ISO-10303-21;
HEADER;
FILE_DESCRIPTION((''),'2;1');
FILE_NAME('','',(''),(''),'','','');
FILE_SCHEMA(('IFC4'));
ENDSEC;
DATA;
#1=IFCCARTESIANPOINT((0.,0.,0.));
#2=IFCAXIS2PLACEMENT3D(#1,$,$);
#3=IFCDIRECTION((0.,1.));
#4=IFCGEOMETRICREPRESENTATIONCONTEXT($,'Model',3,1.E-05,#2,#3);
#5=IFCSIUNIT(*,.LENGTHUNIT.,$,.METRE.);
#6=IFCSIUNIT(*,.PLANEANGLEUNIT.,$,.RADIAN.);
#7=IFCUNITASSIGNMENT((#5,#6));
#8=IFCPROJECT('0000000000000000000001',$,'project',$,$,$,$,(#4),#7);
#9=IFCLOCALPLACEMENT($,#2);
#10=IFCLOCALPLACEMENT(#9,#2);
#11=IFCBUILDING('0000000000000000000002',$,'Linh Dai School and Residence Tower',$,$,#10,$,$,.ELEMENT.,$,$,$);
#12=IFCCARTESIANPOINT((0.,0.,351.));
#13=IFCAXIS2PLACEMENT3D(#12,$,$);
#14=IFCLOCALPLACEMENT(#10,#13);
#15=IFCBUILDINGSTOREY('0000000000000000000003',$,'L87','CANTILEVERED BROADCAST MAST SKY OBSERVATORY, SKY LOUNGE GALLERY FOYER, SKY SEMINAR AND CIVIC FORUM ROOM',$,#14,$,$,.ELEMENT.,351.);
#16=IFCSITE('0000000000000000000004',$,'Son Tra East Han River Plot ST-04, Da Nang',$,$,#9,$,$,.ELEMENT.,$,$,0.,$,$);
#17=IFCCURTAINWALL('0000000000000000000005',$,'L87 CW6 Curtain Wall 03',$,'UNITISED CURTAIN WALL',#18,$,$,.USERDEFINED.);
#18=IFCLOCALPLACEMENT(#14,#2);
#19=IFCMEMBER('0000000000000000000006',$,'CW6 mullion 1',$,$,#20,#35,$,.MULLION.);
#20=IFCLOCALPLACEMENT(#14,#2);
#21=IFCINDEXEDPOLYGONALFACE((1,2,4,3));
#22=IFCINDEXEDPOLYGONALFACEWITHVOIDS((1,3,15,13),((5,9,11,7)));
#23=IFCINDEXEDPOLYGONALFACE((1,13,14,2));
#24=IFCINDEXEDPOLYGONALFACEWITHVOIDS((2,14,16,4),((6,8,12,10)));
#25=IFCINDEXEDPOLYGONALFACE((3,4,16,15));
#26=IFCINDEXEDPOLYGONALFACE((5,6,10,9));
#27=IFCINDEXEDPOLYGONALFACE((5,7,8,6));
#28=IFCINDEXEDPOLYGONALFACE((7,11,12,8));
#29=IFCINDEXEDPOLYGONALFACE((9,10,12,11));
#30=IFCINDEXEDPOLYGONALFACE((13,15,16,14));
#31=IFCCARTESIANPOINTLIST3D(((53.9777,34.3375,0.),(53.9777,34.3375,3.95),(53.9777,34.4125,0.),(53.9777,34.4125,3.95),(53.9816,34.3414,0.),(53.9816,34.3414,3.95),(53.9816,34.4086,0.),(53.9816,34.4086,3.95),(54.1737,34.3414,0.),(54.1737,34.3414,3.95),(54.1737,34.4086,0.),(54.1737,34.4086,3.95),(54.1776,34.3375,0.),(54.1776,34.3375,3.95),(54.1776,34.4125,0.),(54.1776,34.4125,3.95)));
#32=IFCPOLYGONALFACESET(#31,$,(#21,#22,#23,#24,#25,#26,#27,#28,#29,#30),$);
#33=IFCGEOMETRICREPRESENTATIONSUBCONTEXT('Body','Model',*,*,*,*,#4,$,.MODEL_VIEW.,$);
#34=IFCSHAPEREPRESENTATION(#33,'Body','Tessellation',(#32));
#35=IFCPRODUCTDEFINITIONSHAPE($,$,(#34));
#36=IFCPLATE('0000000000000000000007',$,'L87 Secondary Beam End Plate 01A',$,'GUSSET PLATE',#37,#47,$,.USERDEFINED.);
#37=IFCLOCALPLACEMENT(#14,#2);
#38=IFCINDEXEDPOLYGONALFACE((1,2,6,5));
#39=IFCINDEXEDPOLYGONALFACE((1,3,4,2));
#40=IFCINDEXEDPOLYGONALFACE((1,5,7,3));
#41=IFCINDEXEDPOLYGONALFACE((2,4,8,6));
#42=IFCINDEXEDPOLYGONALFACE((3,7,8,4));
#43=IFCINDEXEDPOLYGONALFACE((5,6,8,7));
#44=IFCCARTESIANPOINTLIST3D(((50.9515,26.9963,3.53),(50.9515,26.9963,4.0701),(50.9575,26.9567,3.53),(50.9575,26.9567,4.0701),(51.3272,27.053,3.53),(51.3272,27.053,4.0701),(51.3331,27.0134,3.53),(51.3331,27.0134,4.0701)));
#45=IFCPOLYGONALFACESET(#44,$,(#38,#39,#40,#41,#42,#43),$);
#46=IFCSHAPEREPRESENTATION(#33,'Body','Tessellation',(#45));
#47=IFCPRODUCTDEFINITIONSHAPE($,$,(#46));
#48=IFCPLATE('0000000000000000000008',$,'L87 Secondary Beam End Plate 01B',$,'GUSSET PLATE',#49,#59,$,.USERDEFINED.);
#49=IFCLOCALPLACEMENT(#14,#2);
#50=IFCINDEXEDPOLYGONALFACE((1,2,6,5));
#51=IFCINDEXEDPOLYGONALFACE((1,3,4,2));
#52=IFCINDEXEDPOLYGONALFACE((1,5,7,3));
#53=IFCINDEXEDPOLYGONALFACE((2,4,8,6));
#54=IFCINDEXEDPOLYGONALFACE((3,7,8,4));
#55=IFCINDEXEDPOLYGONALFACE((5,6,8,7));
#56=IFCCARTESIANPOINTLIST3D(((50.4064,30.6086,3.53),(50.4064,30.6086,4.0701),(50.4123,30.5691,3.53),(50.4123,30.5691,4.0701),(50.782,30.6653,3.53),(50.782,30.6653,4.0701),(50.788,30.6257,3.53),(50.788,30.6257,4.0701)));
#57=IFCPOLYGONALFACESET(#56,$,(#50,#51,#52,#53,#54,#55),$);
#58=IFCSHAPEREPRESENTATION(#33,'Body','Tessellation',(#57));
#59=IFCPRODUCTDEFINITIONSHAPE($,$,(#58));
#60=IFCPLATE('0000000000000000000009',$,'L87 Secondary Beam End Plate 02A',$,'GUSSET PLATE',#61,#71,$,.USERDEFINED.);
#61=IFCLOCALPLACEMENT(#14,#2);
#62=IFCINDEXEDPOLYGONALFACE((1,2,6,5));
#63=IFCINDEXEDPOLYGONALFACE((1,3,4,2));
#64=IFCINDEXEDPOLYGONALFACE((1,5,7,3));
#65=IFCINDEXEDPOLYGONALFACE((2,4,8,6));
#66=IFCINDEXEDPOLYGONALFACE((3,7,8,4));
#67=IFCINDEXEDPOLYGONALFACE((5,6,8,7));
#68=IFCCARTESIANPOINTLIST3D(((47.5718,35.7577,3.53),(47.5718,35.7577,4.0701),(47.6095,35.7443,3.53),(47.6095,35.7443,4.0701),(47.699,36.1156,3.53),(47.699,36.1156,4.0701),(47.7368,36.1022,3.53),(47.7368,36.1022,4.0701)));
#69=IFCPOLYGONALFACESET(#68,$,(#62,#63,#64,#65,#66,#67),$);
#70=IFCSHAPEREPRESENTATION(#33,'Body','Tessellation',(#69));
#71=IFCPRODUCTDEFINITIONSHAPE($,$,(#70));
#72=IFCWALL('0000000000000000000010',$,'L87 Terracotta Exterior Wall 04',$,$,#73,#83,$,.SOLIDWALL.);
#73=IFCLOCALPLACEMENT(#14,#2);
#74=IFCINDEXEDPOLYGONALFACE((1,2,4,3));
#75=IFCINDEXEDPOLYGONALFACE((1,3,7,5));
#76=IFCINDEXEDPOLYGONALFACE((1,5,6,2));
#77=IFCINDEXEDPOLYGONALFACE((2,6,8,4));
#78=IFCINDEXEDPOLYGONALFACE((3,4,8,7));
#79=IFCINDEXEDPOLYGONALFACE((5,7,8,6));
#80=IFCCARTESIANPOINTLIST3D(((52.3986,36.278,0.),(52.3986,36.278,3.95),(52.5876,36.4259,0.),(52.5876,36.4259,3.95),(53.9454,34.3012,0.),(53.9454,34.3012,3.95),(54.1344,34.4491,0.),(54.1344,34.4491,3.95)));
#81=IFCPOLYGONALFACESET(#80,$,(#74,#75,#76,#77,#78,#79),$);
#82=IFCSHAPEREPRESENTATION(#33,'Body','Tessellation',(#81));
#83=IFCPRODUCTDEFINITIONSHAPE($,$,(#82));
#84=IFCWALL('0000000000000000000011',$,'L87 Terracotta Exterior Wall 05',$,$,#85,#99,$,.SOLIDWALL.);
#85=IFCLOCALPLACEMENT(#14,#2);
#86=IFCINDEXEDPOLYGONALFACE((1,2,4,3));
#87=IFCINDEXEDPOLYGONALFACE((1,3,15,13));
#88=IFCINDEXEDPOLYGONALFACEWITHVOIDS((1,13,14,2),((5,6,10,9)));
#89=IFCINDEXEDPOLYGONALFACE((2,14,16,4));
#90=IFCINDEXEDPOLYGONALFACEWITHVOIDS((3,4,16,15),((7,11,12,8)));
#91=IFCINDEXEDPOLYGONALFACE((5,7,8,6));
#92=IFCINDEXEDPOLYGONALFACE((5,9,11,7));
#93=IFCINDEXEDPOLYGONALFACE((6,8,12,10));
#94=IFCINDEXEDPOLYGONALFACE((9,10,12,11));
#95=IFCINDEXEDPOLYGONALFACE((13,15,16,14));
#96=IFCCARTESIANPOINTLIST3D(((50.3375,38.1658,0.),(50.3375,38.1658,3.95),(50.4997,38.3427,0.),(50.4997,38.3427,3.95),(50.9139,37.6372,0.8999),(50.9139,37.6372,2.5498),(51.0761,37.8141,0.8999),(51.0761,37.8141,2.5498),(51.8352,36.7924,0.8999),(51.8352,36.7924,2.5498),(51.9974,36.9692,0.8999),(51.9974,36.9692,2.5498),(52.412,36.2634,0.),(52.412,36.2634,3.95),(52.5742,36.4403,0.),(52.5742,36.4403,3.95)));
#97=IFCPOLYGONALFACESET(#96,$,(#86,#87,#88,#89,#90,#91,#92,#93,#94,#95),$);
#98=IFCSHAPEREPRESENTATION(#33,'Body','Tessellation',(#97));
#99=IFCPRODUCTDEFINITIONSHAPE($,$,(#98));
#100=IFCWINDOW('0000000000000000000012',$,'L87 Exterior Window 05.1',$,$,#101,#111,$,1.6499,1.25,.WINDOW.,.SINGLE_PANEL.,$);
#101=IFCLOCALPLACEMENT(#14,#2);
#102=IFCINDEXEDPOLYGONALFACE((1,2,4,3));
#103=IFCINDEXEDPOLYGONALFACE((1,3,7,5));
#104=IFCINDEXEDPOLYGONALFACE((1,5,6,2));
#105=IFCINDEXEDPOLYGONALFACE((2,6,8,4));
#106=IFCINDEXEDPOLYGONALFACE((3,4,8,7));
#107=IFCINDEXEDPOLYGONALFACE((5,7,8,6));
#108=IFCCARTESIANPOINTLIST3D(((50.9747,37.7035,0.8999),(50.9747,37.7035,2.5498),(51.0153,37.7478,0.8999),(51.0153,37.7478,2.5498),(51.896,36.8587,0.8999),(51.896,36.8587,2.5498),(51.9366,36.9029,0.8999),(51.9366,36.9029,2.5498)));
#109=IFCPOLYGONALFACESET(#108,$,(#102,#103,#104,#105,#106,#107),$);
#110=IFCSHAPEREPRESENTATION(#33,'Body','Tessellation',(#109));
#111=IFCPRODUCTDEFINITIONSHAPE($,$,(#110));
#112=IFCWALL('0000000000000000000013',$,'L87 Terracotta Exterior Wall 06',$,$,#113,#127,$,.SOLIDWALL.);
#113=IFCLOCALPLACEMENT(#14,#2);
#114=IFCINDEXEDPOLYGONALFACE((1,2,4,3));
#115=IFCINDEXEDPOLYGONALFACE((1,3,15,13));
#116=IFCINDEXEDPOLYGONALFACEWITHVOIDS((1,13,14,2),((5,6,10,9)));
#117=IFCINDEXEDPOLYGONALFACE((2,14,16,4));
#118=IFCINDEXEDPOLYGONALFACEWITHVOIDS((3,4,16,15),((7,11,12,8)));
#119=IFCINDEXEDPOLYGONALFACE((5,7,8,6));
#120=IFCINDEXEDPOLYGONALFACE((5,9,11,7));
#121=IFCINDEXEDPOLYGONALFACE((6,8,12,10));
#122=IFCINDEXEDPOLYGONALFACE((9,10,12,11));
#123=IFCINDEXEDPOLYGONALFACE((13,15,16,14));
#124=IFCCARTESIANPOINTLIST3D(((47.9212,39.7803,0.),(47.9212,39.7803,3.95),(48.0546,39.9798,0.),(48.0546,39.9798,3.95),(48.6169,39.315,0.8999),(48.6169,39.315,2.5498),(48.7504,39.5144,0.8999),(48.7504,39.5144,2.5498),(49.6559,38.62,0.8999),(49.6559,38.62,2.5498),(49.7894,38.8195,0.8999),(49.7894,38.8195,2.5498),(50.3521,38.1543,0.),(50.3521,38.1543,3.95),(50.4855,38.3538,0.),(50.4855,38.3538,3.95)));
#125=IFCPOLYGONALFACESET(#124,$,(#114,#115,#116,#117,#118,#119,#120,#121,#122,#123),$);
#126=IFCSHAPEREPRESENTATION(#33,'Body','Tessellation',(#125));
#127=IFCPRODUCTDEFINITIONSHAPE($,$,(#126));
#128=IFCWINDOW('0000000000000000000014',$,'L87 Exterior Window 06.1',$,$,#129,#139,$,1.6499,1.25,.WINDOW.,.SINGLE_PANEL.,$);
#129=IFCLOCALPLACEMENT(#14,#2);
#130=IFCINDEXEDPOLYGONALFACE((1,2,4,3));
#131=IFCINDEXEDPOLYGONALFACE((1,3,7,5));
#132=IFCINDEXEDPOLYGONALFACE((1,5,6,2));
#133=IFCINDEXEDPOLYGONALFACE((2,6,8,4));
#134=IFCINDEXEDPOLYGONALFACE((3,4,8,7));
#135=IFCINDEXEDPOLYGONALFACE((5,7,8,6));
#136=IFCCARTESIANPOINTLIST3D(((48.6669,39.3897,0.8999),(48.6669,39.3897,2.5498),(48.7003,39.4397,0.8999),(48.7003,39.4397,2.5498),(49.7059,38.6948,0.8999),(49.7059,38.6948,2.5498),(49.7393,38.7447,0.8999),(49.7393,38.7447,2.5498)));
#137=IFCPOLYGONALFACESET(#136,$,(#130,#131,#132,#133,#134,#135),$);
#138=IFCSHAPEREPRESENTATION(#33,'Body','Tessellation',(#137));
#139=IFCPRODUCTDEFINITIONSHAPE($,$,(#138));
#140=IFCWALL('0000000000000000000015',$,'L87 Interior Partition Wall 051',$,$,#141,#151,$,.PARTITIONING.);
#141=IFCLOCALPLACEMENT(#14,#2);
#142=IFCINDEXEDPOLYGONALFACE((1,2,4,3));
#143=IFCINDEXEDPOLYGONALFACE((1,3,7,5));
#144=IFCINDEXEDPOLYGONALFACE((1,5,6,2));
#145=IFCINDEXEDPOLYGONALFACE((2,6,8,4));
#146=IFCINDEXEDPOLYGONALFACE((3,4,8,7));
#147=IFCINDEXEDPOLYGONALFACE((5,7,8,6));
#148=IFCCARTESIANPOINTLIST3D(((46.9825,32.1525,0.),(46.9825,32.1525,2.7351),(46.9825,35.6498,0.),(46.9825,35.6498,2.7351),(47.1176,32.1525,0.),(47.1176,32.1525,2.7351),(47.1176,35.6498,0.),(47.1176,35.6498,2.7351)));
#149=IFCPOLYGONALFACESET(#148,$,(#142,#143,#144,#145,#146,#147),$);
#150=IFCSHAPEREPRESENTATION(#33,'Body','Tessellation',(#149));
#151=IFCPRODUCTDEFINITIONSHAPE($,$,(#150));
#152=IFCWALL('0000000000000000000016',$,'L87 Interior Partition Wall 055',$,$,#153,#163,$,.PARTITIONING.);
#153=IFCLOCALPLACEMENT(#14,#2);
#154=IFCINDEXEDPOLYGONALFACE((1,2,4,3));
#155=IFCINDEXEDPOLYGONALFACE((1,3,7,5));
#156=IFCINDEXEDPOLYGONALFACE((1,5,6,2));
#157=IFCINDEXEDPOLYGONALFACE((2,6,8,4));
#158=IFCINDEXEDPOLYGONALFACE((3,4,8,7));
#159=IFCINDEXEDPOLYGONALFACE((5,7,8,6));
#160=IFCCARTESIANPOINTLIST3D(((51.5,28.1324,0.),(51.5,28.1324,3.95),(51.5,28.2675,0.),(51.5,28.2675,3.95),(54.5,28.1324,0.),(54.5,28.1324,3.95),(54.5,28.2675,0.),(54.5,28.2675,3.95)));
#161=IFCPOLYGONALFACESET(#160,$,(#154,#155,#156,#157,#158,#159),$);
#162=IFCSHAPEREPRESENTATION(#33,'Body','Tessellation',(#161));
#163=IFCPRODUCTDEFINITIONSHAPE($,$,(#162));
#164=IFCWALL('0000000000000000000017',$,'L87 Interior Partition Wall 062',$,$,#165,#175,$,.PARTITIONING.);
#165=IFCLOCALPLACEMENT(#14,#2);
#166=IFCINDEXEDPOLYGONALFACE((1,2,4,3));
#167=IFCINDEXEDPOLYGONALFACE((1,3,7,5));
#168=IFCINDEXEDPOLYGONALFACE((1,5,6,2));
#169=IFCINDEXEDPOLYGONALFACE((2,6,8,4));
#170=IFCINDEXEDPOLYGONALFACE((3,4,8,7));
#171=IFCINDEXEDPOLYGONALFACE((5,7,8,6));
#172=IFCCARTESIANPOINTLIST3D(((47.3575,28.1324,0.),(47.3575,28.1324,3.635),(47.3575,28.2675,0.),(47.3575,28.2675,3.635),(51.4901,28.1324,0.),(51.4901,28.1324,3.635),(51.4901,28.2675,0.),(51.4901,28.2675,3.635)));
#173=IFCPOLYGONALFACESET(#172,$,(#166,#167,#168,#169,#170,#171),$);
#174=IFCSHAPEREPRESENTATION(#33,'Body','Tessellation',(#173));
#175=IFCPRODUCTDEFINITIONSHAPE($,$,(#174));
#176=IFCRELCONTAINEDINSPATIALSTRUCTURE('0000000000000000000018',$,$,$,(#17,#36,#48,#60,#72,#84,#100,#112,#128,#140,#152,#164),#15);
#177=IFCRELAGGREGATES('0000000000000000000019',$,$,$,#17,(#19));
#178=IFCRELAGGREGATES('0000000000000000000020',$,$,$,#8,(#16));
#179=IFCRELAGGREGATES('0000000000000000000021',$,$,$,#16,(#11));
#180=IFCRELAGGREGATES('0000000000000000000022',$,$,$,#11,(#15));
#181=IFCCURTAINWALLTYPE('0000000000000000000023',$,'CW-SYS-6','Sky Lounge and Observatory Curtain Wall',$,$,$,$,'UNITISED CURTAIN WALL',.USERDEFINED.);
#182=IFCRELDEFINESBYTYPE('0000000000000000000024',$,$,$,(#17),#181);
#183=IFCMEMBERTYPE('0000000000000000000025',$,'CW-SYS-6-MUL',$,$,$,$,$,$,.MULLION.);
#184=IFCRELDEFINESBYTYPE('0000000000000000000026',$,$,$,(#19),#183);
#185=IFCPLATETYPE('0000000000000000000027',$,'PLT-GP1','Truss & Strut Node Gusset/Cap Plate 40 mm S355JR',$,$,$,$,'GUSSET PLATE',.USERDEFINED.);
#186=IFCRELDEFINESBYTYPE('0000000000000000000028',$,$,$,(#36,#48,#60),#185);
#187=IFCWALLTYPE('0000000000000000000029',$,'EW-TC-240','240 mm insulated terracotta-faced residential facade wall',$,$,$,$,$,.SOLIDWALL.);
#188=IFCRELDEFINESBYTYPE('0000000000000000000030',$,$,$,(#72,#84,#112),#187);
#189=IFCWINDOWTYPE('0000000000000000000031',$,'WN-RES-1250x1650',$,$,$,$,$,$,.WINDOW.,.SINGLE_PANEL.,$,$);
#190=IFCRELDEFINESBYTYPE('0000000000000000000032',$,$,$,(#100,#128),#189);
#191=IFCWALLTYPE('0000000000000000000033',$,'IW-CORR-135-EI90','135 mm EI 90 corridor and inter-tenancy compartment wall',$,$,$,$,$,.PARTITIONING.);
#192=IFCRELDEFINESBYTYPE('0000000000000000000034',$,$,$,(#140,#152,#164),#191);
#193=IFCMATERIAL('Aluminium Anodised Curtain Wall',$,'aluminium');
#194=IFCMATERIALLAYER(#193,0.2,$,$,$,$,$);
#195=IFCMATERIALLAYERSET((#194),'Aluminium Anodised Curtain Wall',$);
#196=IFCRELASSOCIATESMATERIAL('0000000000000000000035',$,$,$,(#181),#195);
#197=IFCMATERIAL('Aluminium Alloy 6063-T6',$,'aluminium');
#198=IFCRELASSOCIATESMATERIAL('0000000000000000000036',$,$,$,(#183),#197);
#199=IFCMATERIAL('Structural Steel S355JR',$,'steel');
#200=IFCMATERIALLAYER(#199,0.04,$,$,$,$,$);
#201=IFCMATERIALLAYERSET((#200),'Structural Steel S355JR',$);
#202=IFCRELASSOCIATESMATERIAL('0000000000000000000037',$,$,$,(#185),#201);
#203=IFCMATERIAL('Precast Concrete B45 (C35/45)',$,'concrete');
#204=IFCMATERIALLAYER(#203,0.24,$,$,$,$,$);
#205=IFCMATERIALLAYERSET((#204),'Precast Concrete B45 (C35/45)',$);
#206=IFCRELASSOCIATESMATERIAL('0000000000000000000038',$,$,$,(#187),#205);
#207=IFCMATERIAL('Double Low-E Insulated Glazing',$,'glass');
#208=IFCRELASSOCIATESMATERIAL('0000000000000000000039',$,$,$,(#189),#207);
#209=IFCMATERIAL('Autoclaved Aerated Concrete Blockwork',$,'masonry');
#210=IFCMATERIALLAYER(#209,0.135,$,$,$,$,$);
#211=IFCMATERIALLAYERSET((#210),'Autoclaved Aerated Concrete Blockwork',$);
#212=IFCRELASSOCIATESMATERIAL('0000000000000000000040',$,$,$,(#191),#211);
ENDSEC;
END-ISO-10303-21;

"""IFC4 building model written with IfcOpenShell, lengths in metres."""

from ifc_helpers import new_model, si_unit, direction, frame, frame_2d, origin, origin_2d, place, context, subcontext, project, spatial, rectangle, hollow_rectangle, extrude, source, transform, mapped, material, layer, layer_set, material_profile, profile_set, type_object, element, fill, aggregate, save


model = new_model("IFC4")

# Units and contexts
model_context = context("Model", 3, precision=1e-05, world=origin(), true_north=direction((0.0, 1.0)))
body_context = subcontext(model_context, "Body", "Model", "MODEL_VIEW")
ifc_project = project(units=[si_unit("LENGTHUNIT", "METRE"), si_unit("PLANEANGLEUNIT", "RADIAN")], contexts=[model_context])

# Site, building, storey
site_placement = place(None, origin())
site = spatial("IfcSite", under=ifc_project, at=site_placement, Name="Son Tra East Han River Plot ST-04, Da Nang", CompositionType="ELEMENT", RefElevation=0.0)
building_placement = place(site_placement, origin())
building = spatial("IfcBuilding", under=site, at=building_placement, Name="Linh Dai School and Residence Tower", CompositionType="ELEMENT")
storey_placement = place(building_placement, frame((0.0, 0.0, 351.0)))
storey = spatial("IfcBuildingStorey", under=building, at=storey_placement, Name="L87", Description="CANTILEVERED BROADCAST MAST SKY OBSERVATORY, SKY LOUNGE GALLERY FOYER, SKY SEMINAR AND CIVIC FORUM ROOM", CompositionType="ELEMENT", Elevation=351.0)

# Shared definitions
ifc_material_1 = material(Name="Structural Steel S355JR", Category="steel")

# Curtain wall, member
ifc_material_2 = material(Name="Aluminium Anodised Curtain Wall", Category="aluminium")
ifc_layer_1 = layer(ifc_material_2, 0.2)
ifc_layer_set_1 = layer_set([ifc_layer_1], Name="Aluminium Anodised Curtain Wall")
curtain_wall_type = type_object("IfcCurtainWallType", Name="CW-SYS-6", Description="Sky Lounge and Observatory Curtain Wall", ElementType="UNITISED CURTAIN WALL", PredefinedType="USERDEFINED", material=ifc_layer_set_1)
curtain_wall_placement = place(storey_placement, origin())
curtain_wall = element("IfcCurtainWall", 1, at=curtain_wall_placement, inside=storey, type_object=curtain_wall_type, Name="L87 CW6 Curtain Wall 03", ObjectType="UNITISED CURTAIN WALL", PredefinedType="USERDEFINED")
ifc_material_3 = material(Name="Aluminium Alloy 6063-T6", Category="aluminium")
ifc_material_profile_1 = material_profile(ifc_material_3, hollow_rectangle(XDim=0.075, YDim=0.2, WallThickness=0.0039, at=origin_2d()), Name="RHS 200x75x4")
ifc_profile_set_1 = profile_set([ifc_material_profile_1], Name="Aluminium Alloy 6063-T6")
member_type_1 = type_object("IfcMemberType", Name="CW-SYS-6-MUL", PredefinedType="MULLION", material=ifc_profile_set_1)
shared_shape_1 = source(origin(), body_context, "Body", "SweptSolid", [
    extrude(hollow_rectangle(XDim=0.075, YDim=0.2, WallThickness=0.0039, at=origin_2d()), origin(), (0.0, 0.0, 1.0), 3.95),
])
member_1_placement = place(storey_placement, frame((54.0776, 34.375, 0.0), z_axis=(0.0, 0.0, 1.0), x_axis=(0.0, 1.0, 0.0)))
member_1 = element("IfcMember", 2, at=member_1_placement, type_object=member_type_1, Name="CW6 mullion 1", PredefinedType="MULLION", context=body_context, shape_type="MappedRepresentation", body=[
    mapped(shared_shape_1, transform((0.0, 0.0, 0.0), x_axis=(1.0, 0.0, 0.0), y_axis=(0.0, 1.0, 0.0), z_axis=(0.0, 0.0, 1.0), scale=1.0)),
])
aggregate(curtain_wall, [member_1])

# Plates
ifc_layer_2 = layer(ifc_material_1, 0.04)
ifc_layer_set_2 = layer_set([ifc_layer_2], Name="Structural Steel S355JR")
plate_type = type_object("IfcPlateType", Name="PLT-GP1", Description="Truss & Strut Node Gusset/Cap Plate 40 mm S355JR", ElementType="GUSSET PLATE", PredefinedType="USERDEFINED", material=ifc_layer_set_2)
shared_shape_2 = source(origin(), body_context, "Body", "SweptSolid", [
    extrude(rectangle(XDim=0.04, YDim=0.3799, at=origin_2d()), origin(), (0.0, 0.0, 1.0), 0.54),
])
for number, where, z_axis, x_axis, name in (
    (3, (51.1423, 27.0049, 3.53), (0.0, 0.0, 1.0), (-0.149196, 0.988808, 0.0), "L87 Secondary Beam End Plate 01A"),
    (4, (50.5972, 30.6172, 3.53), (0.0, 0.0, 1.0), (-0.149196, 0.988808, 0.0), "L87 Secondary Beam End Plate 01B"),
    (5, (47.6543, 35.9299, 3.53), (0.0, 0.0, 1.0), (-0.942251, 0.334909, 0.0), "L87 Secondary Beam End Plate 02A"),
):
    element("IfcPlate", number, at=place(storey_placement, frame(where, z_axis=z_axis, x_axis=x_axis)), inside=storey, type_object=plate_type, Name=name, ObjectType="GUSSET PLATE", PredefinedType="USERDEFINED", context=body_context, shape_type="MappedRepresentation", body=[
        mapped(shared_shape_2, transform((0.0, 0.0, 0.0), x_axis=(1.0, 0.0, 0.0), y_axis=(0.0, 1.0, 0.0), z_axis=(0.0, 0.0, 1.0), scale=1.0)),
    ])

# Wall
ifc_material_4 = material(Name="Precast Concrete B45 (C35/45)", Category="concrete")
ifc_layer_3 = layer(ifc_material_4, 0.24)
ifc_layer_set_3 = layer_set([ifc_layer_3], Name="Precast Concrete B45 (C35/45)")
wall_type_1 = type_object("IfcWallType", Name="EW-TC-240", Description="240 mm insulated terracotta-faced residential facade wall", PredefinedType="SOLIDWALL", material=ifc_layer_set_3)
wall_1_placement = place(storey_placement, frame((52.4932, 36.3518, 0.0), z_axis=(0.0, 0.0, 1.0), x_axis=(0.616261, -0.787542, 0.0)))
element("IfcWall", 6, at=wall_1_placement, inside=storey, type_object=wall_type_1, Name="L87 Terracotta Exterior Wall 04", PredefinedType="SOLIDWALL", context=body_context, shape_type="SweptSolid", body=[
    extrude(rectangle(XDim=2.51, YDim=0.24, at=frame_2d((1.2549, 0.0))), origin(), (0.0, 0.0, 1.0), 3.95),
])

# Walls, openings, windows
wall_2_placement = place(storey_placement, frame((50.4187, 38.2542, 0.0), z_axis=(0.0, 0.0, 1.0), x_axis=(0.737021, -0.67587, 0.0)))
wall_2 = element("IfcWall", 7, at=wall_2_placement, inside=storey, type_object=wall_type_1, Name="L87 Terracotta Exterior Wall 05", PredefinedType="SOLIDWALL", context=body_context, shape_type="SweptSolid", body=[
    extrude(rectangle(XDim=2.8147, YDim=0.24, at=frame_2d((1.4072, 0.0))), origin(), (0.0, 0.0, 1.0), 3.95),
])
opening_1_placement = place(wall_2_placement, frame((0.782, 0.0, 0.8999)))
opening_1 = element("IfcOpeningElement", 8, at=opening_1_placement, cuts=wall_2, PredefinedType="OPENING", context=body_context, shape_type="SweptSolid", body=[
    extrude(rectangle(XDim=1.25, YDim=1.6499, at=origin_2d()), frame((0.625, 0.1299, 0.825), z_axis=(0.0, -1.0, 0.0), x_axis=(1.0, 0.0, 0.0)), (0.0, 0.0, 1.0), 0.26),
])
ifc_material_5 = material(Name="Double Low-E Insulated Glazing", Category="glass")
window_type = type_object("IfcWindowType", Name="WN-RES-1250x1650", PartitioningType="SINGLE_PANEL", PredefinedType="WINDOW", material=ifc_material_5)
shared_shape_3 = source(origin(), body_context, "Body", "SweptSolid", [
    extrude(rectangle(XDim=1.25, YDim=1.6499, at=origin_2d()), frame((0.625, 0.03, 0.825), z_axis=(0.0, -1.0, 0.0), x_axis=(1.0, 0.0, 0.0)), (0.0, 0.0, 1.0), 0.0601),
])
window_1_placement = place(opening_1_placement, origin())
window_1 = element("IfcWindow", 9, at=window_1_placement, inside=storey, type_object=window_type, Name="L87 Exterior Window 05.1", OverallHeight=1.6499, OverallWidth=1.25, PartitioningType="SINGLE_PANEL", PredefinedType="WINDOW", context=body_context, shape_type="MappedRepresentation", body=[
    mapped(shared_shape_3, transform((0.0, 0.0, 0.0), x_axis=(1.0, 0.0, 0.0), y_axis=(0.0, 1.0, 0.0), z_axis=(0.0, 0.0, 1.0), scale=1.0)),
])
fill(opening_1, window_1)
wall_3_placement = place(storey_placement, frame((47.9878, 39.8801, 0.0), z_axis=(0.0, 0.0, 1.0), x_axis=(0.831202, -0.555971, 0.0)))
wall_3 = element("IfcWall", 10, at=wall_3_placement, inside=storey, type_object=wall_type_1, Name="L87 Terracotta Exterior Wall 06", PredefinedType="SOLIDWALL", context=body_context, shape_type="SweptSolid", body=[
    extrude(rectangle(XDim=2.9246, YDim=0.24, at=frame_2d((1.4624, 0.0))), origin(), (0.0, 0.0, 1.0), 3.95),
])
opening_2_placement = place(wall_3_placement, frame((0.8372, 0.0, 0.8999)))
opening_2 = element("IfcOpeningElement", 11, at=opening_2_placement, cuts=wall_3, PredefinedType="OPENING", context=body_context, shape_type="SweptSolid", body=[
    extrude(rectangle(XDim=1.25, YDim=1.6499, at=origin_2d()), frame((0.625, 0.1299, 0.825), z_axis=(0.0, -1.0, 0.0), x_axis=(1.0, 0.0, 0.0)), (0.0, 0.0, 1.0), 0.26),
])
window_2_placement = place(opening_2_placement, origin())
window_2 = element("IfcWindow", 12, at=window_2_placement, inside=storey, type_object=window_type, Name="L87 Exterior Window 06.1", OverallHeight=1.6499, OverallWidth=1.25, PartitioningType="SINGLE_PANEL", PredefinedType="WINDOW", context=body_context, shape_type="MappedRepresentation", body=[
    mapped(shared_shape_3, transform((0.0, 0.0, 0.0), x_axis=(1.0, 0.0, 0.0), y_axis=(0.0, 1.0, 0.0), z_axis=(0.0, 0.0, 1.0), scale=1.0)),
])
fill(opening_2, window_2)

# Wall
ifc_material_6 = material(Name="Autoclaved Aerated Concrete Blockwork", Category="masonry")
ifc_layer_4 = layer(ifc_material_6, 0.135)
ifc_layer_set_4 = layer_set([ifc_layer_4], Name="Autoclaved Aerated Concrete Blockwork")
wall_type_2 = type_object("IfcWallType", Name="IW-CORR-135-EI90", Description="135 mm EI 90 corridor and inter-tenancy compartment wall", PredefinedType="PARTITIONING", material=ifc_layer_set_4)
wall_4_placement = place(storey_placement, frame((47.05, 32.1526, 0.0), z_axis=(0.0, 0.0, 1.0), x_axis=(0.0, 1.0, 0.0)))
element("IfcWall", 13, at=wall_4_placement, inside=storey, type_object=wall_type_2, Name="L87 Interior Partition Wall 051", PredefinedType="PARTITIONING", context=body_context, shape_type="SweptSolid", body=[
    extrude(rectangle(XDim=3.4973, YDim=0.135, at=frame_2d((1.7485, 0.0))), origin(), (0.0, 0.0, 1.0), 2.7351),
])

# Walls
wall_5_placement = place(storey_placement, frame((51.5, 28.2, 0.0), z_axis=(0.0, 0.0, 1.0), x_axis=(1.0, 0.0, 0.0)))
element("IfcWall", 14, at=wall_5_placement, inside=storey, type_object=wall_type_2, Name="L87 Interior Partition Wall 055", PredefinedType="PARTITIONING", context=body_context, shape_type="SweptSolid", body=[
    extrude(rectangle(XDim=3.0, YDim=0.135, at=frame_2d((1.5, 0.0))), origin(), (0.0, 0.0, 1.0), 3.95),
])
wall_6_placement = place(storey_placement, frame((47.3574, 28.2, 0.0), z_axis=(0.0, 0.0, 1.0), x_axis=(1.0, 0.0, 0.0)))
element("IfcWall", 15, at=wall_6_placement, inside=storey, type_object=wall_type_2, Name="L87 Interior Partition Wall 062", PredefinedType="PARTITIONING", context=body_context, shape_type="SweptSolid", body=[
    extrude(rectangle(XDim=4.1326, YDim=0.135, at=frame_2d((2.0664, 0.0))), origin(), (0.0, 0.0, 1.0), 3.635),
])

save(model, "model.ifc")
